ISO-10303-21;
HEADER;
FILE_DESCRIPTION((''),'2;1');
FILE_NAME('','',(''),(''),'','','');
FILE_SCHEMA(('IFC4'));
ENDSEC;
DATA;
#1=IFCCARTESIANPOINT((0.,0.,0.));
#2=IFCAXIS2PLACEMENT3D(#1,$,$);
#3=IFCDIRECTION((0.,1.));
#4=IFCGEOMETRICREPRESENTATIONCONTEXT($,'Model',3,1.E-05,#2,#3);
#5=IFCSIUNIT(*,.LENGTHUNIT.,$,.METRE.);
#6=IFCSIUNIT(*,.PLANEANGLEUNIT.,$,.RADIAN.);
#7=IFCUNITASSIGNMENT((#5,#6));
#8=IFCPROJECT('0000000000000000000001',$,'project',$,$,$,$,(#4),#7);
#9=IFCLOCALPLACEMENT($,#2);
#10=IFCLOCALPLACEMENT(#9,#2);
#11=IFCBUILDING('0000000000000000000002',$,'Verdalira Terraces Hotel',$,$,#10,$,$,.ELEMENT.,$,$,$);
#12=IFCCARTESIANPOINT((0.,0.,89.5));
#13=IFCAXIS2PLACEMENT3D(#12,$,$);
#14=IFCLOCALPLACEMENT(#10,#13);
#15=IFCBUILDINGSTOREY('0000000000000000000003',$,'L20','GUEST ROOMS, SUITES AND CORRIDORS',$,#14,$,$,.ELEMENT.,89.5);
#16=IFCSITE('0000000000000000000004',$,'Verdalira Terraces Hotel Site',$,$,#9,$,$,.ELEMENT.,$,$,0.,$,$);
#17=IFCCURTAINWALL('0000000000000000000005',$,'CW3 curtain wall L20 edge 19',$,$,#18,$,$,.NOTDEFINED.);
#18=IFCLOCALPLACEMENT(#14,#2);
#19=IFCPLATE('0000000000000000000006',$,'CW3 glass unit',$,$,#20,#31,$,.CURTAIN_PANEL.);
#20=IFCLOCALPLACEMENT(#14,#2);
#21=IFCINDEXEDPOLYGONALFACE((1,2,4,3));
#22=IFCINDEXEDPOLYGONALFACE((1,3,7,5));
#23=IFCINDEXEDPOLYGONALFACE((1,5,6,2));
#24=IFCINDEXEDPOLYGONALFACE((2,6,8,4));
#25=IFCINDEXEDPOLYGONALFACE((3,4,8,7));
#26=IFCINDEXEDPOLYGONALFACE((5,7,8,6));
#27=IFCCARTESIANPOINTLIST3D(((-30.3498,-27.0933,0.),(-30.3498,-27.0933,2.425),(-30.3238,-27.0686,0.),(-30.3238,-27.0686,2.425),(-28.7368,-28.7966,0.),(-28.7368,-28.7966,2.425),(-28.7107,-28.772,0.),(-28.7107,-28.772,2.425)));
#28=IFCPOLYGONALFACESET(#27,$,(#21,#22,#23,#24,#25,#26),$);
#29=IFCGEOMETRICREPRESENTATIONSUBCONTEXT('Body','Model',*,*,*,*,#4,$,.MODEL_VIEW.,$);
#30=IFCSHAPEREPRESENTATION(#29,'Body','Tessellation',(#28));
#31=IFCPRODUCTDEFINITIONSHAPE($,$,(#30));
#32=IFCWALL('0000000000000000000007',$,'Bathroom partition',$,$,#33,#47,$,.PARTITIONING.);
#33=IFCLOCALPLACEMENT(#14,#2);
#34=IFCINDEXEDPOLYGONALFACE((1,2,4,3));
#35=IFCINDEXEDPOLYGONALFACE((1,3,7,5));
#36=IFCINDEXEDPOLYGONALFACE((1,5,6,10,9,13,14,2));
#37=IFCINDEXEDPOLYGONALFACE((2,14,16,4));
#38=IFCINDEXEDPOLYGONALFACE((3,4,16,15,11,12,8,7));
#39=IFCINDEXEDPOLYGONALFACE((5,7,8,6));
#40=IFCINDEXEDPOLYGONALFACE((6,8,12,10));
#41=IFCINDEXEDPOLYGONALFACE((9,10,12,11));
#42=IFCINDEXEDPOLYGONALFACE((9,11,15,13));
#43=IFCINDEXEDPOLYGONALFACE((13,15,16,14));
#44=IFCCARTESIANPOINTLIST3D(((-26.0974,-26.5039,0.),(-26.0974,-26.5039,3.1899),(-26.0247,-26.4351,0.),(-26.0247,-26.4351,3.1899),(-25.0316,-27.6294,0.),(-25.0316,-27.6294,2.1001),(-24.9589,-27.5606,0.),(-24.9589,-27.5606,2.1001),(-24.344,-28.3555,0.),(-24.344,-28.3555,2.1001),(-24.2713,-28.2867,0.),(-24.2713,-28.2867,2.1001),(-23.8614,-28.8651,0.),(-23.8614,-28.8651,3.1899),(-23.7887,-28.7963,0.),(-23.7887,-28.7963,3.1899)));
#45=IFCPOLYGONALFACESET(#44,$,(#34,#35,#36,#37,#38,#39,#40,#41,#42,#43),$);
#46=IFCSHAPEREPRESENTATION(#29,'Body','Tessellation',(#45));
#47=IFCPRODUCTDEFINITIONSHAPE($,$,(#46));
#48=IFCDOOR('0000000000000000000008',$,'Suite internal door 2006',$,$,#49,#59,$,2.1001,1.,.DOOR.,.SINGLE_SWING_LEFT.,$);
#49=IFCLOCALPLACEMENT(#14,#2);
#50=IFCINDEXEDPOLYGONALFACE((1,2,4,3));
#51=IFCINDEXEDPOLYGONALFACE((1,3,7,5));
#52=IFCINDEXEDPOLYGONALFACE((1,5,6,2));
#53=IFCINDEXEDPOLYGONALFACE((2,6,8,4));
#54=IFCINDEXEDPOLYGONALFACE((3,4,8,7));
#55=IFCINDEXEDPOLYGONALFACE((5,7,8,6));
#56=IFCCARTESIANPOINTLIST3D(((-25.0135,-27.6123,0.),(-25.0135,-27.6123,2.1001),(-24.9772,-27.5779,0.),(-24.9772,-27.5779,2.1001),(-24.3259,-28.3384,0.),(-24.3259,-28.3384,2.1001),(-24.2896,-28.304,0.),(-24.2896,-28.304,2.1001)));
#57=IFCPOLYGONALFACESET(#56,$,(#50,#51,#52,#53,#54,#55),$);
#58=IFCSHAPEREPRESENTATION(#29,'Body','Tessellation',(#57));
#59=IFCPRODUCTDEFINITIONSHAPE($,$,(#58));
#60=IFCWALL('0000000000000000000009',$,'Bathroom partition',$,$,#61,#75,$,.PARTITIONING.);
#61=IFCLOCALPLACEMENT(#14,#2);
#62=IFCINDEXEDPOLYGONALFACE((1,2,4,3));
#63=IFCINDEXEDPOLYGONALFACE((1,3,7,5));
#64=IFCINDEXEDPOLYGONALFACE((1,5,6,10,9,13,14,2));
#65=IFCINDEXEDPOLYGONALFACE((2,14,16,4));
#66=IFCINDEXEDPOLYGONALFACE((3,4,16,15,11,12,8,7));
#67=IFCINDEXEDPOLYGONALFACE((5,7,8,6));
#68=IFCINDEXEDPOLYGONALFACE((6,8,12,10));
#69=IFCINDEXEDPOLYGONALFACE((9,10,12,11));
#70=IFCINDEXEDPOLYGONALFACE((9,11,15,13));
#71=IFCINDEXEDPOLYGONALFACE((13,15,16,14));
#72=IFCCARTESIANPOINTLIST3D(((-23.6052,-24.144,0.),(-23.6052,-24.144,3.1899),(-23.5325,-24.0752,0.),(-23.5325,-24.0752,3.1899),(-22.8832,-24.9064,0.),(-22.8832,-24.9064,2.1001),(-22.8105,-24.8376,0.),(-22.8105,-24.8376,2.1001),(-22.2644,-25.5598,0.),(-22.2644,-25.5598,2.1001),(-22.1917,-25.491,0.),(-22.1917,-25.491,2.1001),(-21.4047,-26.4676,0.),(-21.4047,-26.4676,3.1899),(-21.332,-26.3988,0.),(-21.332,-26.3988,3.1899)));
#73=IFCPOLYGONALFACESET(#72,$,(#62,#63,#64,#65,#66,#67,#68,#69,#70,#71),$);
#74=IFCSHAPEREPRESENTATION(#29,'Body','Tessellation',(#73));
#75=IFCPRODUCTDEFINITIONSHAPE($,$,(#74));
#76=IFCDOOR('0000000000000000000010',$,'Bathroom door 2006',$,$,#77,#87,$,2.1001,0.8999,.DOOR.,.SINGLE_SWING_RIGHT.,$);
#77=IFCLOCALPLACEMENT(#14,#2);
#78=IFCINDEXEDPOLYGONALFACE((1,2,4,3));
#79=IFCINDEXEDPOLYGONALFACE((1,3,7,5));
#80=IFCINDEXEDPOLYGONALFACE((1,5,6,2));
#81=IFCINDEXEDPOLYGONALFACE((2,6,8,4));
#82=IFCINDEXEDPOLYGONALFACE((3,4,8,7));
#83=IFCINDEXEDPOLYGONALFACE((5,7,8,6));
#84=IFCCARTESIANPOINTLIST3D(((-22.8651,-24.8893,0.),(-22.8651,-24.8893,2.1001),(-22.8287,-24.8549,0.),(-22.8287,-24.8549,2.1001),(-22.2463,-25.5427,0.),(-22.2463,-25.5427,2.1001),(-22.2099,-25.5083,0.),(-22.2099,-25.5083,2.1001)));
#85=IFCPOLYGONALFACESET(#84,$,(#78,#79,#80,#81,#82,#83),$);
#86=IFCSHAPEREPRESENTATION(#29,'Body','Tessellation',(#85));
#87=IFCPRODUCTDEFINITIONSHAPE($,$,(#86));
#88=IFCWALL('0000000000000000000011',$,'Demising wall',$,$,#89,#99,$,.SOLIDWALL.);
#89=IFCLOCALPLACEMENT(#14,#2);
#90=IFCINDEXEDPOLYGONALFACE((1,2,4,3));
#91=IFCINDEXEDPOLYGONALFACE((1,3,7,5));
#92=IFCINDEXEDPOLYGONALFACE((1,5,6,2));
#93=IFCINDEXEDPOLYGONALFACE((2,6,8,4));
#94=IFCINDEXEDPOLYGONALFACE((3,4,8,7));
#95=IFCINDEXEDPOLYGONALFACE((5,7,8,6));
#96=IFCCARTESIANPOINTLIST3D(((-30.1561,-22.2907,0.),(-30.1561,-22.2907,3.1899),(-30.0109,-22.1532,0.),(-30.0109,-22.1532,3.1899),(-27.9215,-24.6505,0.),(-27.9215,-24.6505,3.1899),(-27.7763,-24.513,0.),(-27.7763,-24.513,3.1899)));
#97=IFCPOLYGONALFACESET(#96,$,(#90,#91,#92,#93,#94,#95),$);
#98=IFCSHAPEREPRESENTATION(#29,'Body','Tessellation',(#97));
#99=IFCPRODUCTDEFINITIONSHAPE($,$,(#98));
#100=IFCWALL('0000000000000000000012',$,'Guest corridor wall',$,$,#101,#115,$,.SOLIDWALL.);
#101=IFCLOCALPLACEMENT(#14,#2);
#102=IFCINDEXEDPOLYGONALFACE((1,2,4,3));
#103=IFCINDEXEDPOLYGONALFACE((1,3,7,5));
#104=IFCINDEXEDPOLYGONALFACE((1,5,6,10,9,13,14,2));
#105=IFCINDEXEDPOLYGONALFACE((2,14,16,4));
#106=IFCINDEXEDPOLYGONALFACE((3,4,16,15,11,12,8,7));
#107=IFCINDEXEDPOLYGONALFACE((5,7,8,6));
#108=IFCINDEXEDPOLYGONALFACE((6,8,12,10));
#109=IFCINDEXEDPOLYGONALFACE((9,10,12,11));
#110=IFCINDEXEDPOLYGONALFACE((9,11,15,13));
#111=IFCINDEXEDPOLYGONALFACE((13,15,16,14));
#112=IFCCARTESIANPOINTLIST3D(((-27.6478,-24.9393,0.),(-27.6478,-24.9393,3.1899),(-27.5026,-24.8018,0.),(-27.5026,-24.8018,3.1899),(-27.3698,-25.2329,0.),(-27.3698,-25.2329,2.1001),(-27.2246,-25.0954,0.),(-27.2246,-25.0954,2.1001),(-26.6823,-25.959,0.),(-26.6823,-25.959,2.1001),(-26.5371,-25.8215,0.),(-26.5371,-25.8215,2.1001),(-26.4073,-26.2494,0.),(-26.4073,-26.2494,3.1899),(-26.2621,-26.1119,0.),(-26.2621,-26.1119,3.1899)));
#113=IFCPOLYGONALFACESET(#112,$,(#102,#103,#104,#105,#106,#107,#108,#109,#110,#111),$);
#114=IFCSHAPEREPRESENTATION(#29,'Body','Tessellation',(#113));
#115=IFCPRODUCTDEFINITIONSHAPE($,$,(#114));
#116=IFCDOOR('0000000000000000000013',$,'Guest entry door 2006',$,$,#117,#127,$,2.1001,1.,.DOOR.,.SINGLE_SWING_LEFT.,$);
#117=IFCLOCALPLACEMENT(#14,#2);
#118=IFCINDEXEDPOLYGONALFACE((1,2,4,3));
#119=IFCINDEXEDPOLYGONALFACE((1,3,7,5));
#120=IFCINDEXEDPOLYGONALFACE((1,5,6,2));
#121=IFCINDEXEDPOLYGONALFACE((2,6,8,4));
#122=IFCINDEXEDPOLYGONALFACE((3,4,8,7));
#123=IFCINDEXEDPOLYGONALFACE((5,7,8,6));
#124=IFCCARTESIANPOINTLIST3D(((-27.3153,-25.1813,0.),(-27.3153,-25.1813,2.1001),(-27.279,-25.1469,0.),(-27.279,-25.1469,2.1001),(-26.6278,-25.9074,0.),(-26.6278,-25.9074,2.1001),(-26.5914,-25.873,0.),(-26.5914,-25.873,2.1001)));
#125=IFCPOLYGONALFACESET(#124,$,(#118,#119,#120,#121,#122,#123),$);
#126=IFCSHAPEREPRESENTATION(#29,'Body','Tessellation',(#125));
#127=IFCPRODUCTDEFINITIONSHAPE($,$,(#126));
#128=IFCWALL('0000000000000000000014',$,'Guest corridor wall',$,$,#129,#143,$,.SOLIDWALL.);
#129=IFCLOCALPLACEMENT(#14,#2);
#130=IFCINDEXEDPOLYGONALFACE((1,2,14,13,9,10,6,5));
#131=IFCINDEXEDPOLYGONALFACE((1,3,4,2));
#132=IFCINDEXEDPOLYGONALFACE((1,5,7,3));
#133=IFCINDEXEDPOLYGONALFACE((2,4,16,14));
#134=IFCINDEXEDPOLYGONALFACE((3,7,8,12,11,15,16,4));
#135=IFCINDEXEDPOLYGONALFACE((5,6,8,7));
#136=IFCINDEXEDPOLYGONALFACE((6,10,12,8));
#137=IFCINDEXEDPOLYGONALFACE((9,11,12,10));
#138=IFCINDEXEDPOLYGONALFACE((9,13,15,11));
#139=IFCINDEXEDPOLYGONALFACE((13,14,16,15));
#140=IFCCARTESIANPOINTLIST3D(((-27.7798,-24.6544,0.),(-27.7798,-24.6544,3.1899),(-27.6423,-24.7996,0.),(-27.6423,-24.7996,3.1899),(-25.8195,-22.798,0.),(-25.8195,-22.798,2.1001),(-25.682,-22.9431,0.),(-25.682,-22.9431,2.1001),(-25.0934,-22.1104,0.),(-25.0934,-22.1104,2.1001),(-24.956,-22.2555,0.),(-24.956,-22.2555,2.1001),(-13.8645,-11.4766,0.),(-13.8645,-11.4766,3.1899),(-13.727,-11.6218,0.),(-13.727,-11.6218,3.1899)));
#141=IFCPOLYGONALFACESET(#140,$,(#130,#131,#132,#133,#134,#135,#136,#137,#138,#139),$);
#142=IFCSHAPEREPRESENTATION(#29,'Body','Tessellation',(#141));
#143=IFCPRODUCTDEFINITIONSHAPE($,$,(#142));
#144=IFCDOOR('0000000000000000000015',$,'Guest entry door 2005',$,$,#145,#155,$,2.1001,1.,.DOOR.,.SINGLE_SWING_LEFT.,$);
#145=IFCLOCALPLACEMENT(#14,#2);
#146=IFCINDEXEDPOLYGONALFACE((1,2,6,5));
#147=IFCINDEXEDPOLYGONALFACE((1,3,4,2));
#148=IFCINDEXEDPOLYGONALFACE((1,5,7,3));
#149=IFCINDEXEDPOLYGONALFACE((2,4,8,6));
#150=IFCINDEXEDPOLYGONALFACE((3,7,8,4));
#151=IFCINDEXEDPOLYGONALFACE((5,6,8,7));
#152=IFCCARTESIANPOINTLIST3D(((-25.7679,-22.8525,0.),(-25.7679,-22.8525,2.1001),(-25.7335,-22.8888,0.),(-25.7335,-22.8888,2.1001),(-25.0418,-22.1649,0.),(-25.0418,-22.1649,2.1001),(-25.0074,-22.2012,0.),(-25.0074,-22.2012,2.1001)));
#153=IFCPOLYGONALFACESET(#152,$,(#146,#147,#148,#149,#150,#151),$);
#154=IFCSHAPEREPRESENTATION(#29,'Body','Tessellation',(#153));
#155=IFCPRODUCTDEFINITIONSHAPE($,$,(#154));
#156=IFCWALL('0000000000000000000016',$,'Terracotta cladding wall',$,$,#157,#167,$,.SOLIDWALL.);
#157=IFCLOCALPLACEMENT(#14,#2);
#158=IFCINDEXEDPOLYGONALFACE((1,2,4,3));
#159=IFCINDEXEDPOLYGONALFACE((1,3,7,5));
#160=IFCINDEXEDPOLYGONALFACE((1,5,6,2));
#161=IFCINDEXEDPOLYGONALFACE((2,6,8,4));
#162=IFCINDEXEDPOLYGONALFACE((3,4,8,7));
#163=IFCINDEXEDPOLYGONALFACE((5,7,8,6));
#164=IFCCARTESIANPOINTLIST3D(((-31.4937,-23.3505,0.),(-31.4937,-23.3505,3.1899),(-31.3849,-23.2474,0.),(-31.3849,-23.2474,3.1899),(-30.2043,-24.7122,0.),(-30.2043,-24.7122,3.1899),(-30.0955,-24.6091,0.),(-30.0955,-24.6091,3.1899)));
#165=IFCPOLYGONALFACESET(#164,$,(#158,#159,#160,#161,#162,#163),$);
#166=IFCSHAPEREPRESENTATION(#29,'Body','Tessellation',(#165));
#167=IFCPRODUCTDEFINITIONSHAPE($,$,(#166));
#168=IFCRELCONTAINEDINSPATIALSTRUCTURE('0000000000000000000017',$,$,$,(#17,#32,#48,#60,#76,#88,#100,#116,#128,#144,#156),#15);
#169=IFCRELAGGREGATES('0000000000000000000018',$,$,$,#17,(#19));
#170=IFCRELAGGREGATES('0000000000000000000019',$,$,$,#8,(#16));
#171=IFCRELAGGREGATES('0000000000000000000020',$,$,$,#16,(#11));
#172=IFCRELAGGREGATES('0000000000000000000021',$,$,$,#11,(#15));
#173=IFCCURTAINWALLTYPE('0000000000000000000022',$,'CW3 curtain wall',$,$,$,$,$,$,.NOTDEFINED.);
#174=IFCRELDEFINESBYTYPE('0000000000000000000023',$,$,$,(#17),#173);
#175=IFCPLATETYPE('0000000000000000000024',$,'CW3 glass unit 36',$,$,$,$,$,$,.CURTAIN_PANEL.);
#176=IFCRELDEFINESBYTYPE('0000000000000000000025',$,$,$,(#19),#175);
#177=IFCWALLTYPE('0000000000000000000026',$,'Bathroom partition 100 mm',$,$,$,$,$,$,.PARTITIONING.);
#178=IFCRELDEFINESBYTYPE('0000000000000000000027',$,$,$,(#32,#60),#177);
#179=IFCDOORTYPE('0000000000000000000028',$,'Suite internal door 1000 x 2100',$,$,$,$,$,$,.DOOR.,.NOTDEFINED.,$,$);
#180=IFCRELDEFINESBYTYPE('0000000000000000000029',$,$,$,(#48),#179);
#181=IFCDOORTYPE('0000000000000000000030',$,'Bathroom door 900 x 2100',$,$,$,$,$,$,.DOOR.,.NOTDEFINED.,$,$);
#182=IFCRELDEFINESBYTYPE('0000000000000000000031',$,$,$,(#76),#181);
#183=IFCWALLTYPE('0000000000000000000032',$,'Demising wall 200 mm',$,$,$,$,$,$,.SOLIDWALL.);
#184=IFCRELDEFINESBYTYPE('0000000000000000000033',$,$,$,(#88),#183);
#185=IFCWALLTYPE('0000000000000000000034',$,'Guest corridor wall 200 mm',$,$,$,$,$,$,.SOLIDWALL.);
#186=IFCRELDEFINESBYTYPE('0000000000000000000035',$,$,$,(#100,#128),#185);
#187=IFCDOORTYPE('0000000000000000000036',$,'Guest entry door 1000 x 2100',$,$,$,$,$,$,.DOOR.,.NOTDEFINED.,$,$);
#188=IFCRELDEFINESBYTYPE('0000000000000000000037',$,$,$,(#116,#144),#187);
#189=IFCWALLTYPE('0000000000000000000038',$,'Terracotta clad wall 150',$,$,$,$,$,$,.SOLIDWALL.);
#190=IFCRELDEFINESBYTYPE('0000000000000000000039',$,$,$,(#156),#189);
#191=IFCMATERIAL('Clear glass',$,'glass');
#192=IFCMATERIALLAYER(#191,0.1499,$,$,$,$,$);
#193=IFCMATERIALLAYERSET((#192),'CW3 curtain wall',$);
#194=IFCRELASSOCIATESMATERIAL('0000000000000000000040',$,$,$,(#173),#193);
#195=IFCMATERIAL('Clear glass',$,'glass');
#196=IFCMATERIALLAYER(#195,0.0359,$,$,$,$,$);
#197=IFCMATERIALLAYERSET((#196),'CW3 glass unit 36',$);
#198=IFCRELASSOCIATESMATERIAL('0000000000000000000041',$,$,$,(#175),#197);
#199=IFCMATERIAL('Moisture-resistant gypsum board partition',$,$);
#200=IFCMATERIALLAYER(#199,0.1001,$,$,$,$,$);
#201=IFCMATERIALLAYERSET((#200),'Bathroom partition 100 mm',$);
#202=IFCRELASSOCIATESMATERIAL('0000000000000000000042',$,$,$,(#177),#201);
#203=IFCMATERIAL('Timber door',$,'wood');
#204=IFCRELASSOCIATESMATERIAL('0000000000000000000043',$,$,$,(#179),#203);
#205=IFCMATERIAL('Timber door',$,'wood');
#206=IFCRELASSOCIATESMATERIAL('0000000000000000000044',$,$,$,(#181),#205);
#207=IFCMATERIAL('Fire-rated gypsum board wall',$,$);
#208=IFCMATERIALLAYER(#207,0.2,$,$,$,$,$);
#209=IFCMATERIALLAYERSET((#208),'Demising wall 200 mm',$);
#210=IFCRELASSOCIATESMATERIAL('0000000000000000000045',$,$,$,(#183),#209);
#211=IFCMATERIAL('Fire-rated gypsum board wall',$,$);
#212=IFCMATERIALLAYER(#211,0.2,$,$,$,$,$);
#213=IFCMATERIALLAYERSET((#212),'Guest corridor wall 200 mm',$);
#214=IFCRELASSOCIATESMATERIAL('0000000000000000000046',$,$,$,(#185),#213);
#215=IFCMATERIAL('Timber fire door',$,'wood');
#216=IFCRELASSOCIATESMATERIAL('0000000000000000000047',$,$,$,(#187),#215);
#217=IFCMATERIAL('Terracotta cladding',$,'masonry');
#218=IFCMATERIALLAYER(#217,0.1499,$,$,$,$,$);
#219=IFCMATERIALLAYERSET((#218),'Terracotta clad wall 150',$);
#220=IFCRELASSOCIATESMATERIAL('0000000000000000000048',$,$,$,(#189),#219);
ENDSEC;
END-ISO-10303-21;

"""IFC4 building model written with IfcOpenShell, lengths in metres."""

from ifc_helpers import new_model, si_unit, direction, frame, frame_2d, origin, origin_2d, place, context, subcontext, project, spatial, rectangle, extrude, material, layer, layer_set, type_object, element, fill, aggregate, save


model = new_model("IFC4")

# Units and contexts
model_context = context("Model", 3, precision=1e-05, world=origin(), true_north=direction((0.0, 1.0)))
body_context = subcontext(model_context, "Body", "Model", "MODEL_VIEW")
ifc_project = project(units=[si_unit("LENGTHUNIT", "METRE"), si_unit("PLANEANGLEUNIT", "RADIAN")], contexts=[model_context])

# Site, building, storey
site_placement = place(None, origin())
site = spatial("IfcSite", under=ifc_project, at=site_placement, Name="Verdalira Terraces Hotel Site", CompositionType="ELEMENT", RefElevation=0.0)
building_placement = place(site_placement, origin())
building = spatial("IfcBuilding", under=site, at=building_placement, Name="Verdalira Terraces Hotel", CompositionType="ELEMENT")
storey_placement = place(building_placement, frame((0.0, 0.0, 89.5)))
storey = spatial("IfcBuildingStorey", under=building, at=storey_placement, Name="L20", Description="GUEST ROOMS, SUITES AND CORRIDORS", CompositionType="ELEMENT", Elevation=89.5)

# Curtain wall
ifc_material_1 = material(Name="Clear glass", Category="glass")
ifc_layer_1 = layer(ifc_material_1, 0.1499)
ifc_layer_set_1 = layer_set([ifc_layer_1], Name="CW3 curtain wall")
curtain_wall_type_1 = type_object("IfcCurtainWallType", Name="CW3 curtain wall", PredefinedType="NOTDEFINED", material=ifc_layer_set_1)
curtain_wall_1_placement = place(storey_placement, origin())
curtain_wall_1 = element("IfcCurtainWall", 1, at=curtain_wall_1_placement, inside=storey, type_object=curtain_wall_type_1, Name="CW3 curtain wall L20 edge 19", PredefinedType="NOTDEFINED")

# Plate
ifc_material_2 = material(Name="Clear glass", Category="glass")
ifc_layer_2 = layer(ifc_material_2, 0.0359)
ifc_layer_set_2 = layer_set([ifc_layer_2], Name="CW3 glass unit 36")
plate_type_1 = type_object("IfcPlateType", Name="CW3 glass unit 36", PredefinedType="CURTAIN_PANEL", material=ifc_layer_set_2)
plate_1_placement = place(storey_placement, frame((-29.5303, -27.9326, 0.0), z_axis=(0.0, 0.0, 1.0), x_axis=(0.687595, -0.726095, 0.0)))
plate_1 = element("IfcPlate", 2, at=plate_1_placement, type_object=plate_type_1, Name="CW3 glass unit", PredefinedType="CURTAIN_PANEL", context=body_context, shape_type="SweptSolid", body=[
    extrude(rectangle(XDim=2.3459, YDim=0.0359, at=origin_2d()), origin(), (0.0, 0.0, 1.0), 2.425),
])
aggregate(curtain_wall_1, [plate_1])

# Walls, openings, doors
ifc_material_3 = material(Name="Moisture-resistant gypsum board partition")
ifc_layer_3 = layer(ifc_material_3, 0.1001)
ifc_layer_set_3 = layer_set([ifc_layer_3], Name="Bathroom partition 100 mm")
wall_type_1 = type_object("IfcWallType", Name="Bathroom partition 100 mm", PredefinedType="PARTITIONING", material=ifc_layer_set_3)
wall_1_placement = place(storey_placement, frame((-26.061, -26.4695, 0.0), z_axis=(0.0, 0.0, 1.0), x_axis=(0.687588, -0.726101, 0.0)))
wall_1 = element("IfcWall", 3, at=wall_1_placement, inside=storey, type_object=wall_type_1, Name="Bathroom partition", PredefinedType="PARTITIONING", context=body_context, shape_type="SweptSolid", body=[
    extrude(rectangle(XDim=3.252, YDim=0.1001, at=frame_2d((1.626, 0.0))), origin(), (0.0, 0.0, 1.0), 3.1899),
])
opening_1_placement = place(wall_1_placement, frame((1.55, 0.0, 0.0)))
opening_1 = element("IfcOpeningElement", 4, at=opening_1_placement, cuts=wall_1, PredefinedType="OPENING", context=body_context, shape_type="SweptSolid", body=[
    extrude(rectangle(XDim=1.0, YDim=2.1001, at=frame_2d((0.5, 1.05))), frame((0.0, 0.0601, 0.0), z_axis=(0.0, -1.0, 0.0), x_axis=(1.0, 0.0, 0.0)), (0.0, 0.0, 1.0), 0.1201),
])
ifc_material_4 = material(Name="Timber door", Category="wood")
door_type_1 = type_object("IfcDoorType", Name="Suite internal door 1000 x 2100", OperationType="NOTDEFINED", PredefinedType="DOOR", material=ifc_material_4)
door_1_placement = place(opening_1_placement, origin())
door_1 = element("IfcDoor", 5, at=door_1_placement, inside=storey, type_object=door_type_1, Name="Suite internal door 2006", OperationType="SINGLE_SWING_LEFT", OverallHeight=2.1001, OverallWidth=1.0, PredefinedType="DOOR", context=body_context, shape_type="SweptSolid", body=[
    extrude(rectangle(XDim=1.0, YDim=2.1001, at=frame_2d((0.5, 1.05))), frame((0.0, 0.0249, 0.0), z_axis=(0.0, -1.0, 0.0), x_axis=(1.0, 0.0, 0.0)), (0.0, 0.0, 1.0), 0.05),
])
fill(opening_1, door_1)
wall_2_placement = place(storey_placement, frame((-23.5688, -24.1096, 0.0), z_axis=(0.0, 0.0, 1.0), x_axis=(0.68762, -0.726071, 0.0)))
wall_2 = element("IfcWall", 6, at=wall_2_placement, inside=storey, type_object=wall_type_1, Name="Bathroom partition", PredefinedType="PARTITIONING", context=body_context, shape_type="SweptSolid", body=[
    extrude(rectangle(XDim=3.2002, YDim=0.1001, at=frame_2d((1.6001, 0.0))), origin(), (0.0, 0.0, 1.0), 3.1899),
])
opening_2_placement = place(wall_2_placement, frame((1.05, 0.0, 0.0)))
opening_2 = element("IfcOpeningElement", 7, at=opening_2_placement, cuts=wall_2, PredefinedType="OPENING", context=body_context, shape_type="SweptSolid", body=[
    extrude(rectangle(XDim=0.8999, YDim=2.1001, at=frame_2d((0.45, 1.05))), frame((0.0, 0.0601, 0.0), z_axis=(0.0, -1.0, 0.0), x_axis=(1.0, 0.0, 0.0)), (0.0, 0.0, 1.0), 0.1201),
])
ifc_material_5 = material(Name="Timber door", Category="wood")
door_type_2 = type_object("IfcDoorType", Name="Bathroom door 900 x 2100", OperationType="NOTDEFINED", PredefinedType="DOOR", material=ifc_material_5)
door_2_placement = place(opening_2_placement, origin())
door_2 = element("IfcDoor", 8, at=door_2_placement, inside=storey, type_object=door_type_2, Name="Bathroom door 2006", OperationType="SINGLE_SWING_RIGHT", OverallHeight=2.1001, OverallWidth=0.8999, PredefinedType="DOOR", context=body_context, shape_type="SweptSolid", body=[
    extrude(rectangle(XDim=0.8999, YDim=2.1001, at=frame_2d((0.45, 1.05))), frame((0.0, 0.0249, 0.0), z_axis=(0.0, -1.0, 0.0), x_axis=(1.0, 0.0, 0.0)), (0.0, 0.0, 1.0), 0.05),
])
fill(opening_2, door_2)

# Wall
ifc_material_6 = material(Name="Fire-rated gypsum board wall")
ifc_layer_4 = layer(ifc_material_6, 0.2)
ifc_layer_set_4 = layer_set([ifc_layer_4], Name="Demising wall 200 mm")
wall_type_2 = type_object("IfcWallType", Name="Demising wall 200 mm", PredefinedType="SOLIDWALL", material=ifc_layer_set_4)
wall_3_placement = place(storey_placement, frame((-27.8489, -24.5818, 0.0), z_axis=(0.0, 0.0, 1.0), x_axis=(-0.687576, 0.726113, 0.0)))
element("IfcWall", 9, at=wall_3_placement, inside=storey, type_object=wall_type_2, Name="Demising wall", PredefinedType="SOLIDWALL", context=body_context, shape_type="SweptSolid", body=[
    extrude(rectangle(XDim=3.25, YDim=0.2, at=frame_2d((1.625, 0.0))), origin(), (0.0, 0.0, 1.0), 3.1899),
])

# Walls, openings, doors
ifc_material_7 = material(Name="Fire-rated gypsum board wall")
ifc_layer_5 = layer(ifc_material_7, 0.2)
ifc_layer_set_5 = layer_set([ifc_layer_5], Name="Guest corridor wall 200 mm")
wall_type_3 = type_object("IfcWallType", Name="Guest corridor wall 200 mm", PredefinedType="SOLIDWALL", material=ifc_layer_set_5)
wall_4_placement = place(storey_placement, frame((-26.3347, -26.1807, 0.0), z_axis=(0.0, 0.0, 1.0), x_axis=(-0.687561, 0.726127, 0.0)))
wall_4 = element("IfcWall", 10, at=wall_4_placement, inside=storey, type_object=wall_type_3, Name="Guest corridor wall", PredefinedType="SOLIDWALL", context=body_context, shape_type="SweptSolid", body=[
    extrude(rectangle(XDim=1.8042, YDim=0.2, at=frame_2d((0.9021, 0.0))), origin(), (0.0, 0.0, 1.0), 3.1899),
])
opening_3_placement = place(wall_4_placement, frame((0.3999, 0.0, 0.0)))
opening_3 = element("IfcOpeningElement", 11, at=opening_3_placement, cuts=wall_4, PredefinedType="OPENING", context=body_context, shape_type="SweptSolid", body=[
    extrude(rectangle(XDim=1.0, YDim=2.1001, at=frame_2d((0.5, 1.05))), frame((0.0, 0.1099, 0.0), z_axis=(0.0, -1.0, 0.0), x_axis=(1.0, 0.0, 0.0)), (0.0, 0.0, 1.0), 0.22),
])
ifc_material_8 = material(Name="Timber fire door", Category="wood")
door_type_3 = type_object("IfcDoorType", Name="Guest entry door 1000 x 2100", OperationType="NOTDEFINED", PredefinedType="DOOR", material=ifc_material_8)
door_3_placement = place(opening_3_placement, origin())
door_3 = element("IfcDoor", 12, at=door_3_placement, inside=storey, type_object=door_type_3, Name="Guest entry door 2006", OperationType="SINGLE_SWING_LEFT", OverallHeight=2.1001, OverallWidth=1.0, PredefinedType="DOOR", context=body_context, shape_type="SweptSolid", body=[
    extrude(rectangle(XDim=1.0, YDim=2.1001, at=frame_2d((0.5, 1.05))), frame((0.0, 0.0249, 0.0), z_axis=(0.0, -1.0, 0.0), x_axis=(1.0, 0.0, 0.0)), (0.0, 0.0, 1.0), 0.05),
])
fill(opening_3, door_3)
wall_5_placement = place(storey_placement, frame((-27.7112, -24.7271, 0.0), z_axis=(0.0, 0.0, 1.0), x_axis=(0.726087, 0.687603, 0.0)))
wall_5 = element("IfcWall", 13, at=wall_5_placement, inside=storey, type_object=wall_type_3, Name="Guest corridor wall", PredefinedType="SOLIDWALL", context=body_context, shape_type="SweptSolid", body=[
    extrude(rectangle(XDim=19.1648, YDim=0.2, at=frame_2d((9.5825, 0.0))), origin(), (0.0, 0.0, 1.0), 3.1899),
])
opening_4_placement = place(wall_5_placement, frame((2.7, 0.0, 0.0)))
opening_4 = element("IfcOpeningElement", 14, at=opening_4_placement, cuts=wall_5, PredefinedType="OPENING", context=body_context, shape_type="SweptSolid", body=[
    extrude(rectangle(XDim=1.0, YDim=2.1001, at=frame_2d((0.5, 1.05))), frame((0.0, 0.1099, 0.0), z_axis=(0.0, -1.0, 0.0), x_axis=(1.0, 0.0, 0.0)), (0.0, 0.0, 1.0), 0.22),
])
door_4_placement = place(opening_4_placement, origin())
door_4 = element("IfcDoor", 15, at=door_4_placement, inside=storey, type_object=door_type_3, Name="Guest entry door 2005", OperationType="SINGLE_SWING_LEFT", OverallHeight=2.1001, OverallWidth=1.0, PredefinedType="DOOR", context=body_context, shape_type="SweptSolid", body=[
    extrude(rectangle(XDim=1.0, YDim=2.1001, at=frame_2d((0.5, 1.05))), frame((0.0, 0.0249, 0.0), z_axis=(0.0, -1.0, 0.0), x_axis=(1.0, 0.0, 0.0)), (0.0, 0.0, 1.0), 0.05),
])
fill(opening_4, door_4)

# Wall
ifc_material_9 = material(Name="Terracotta cladding", Category="masonry")
ifc_layer_6 = layer(ifc_material_9, 0.1499)
ifc_layer_set_6 = layer_set([ifc_layer_6], Name="Terracotta clad wall 150")
wall_type_4 = type_object("IfcWallType", Name="Terracotta clad wall 150", PredefinedType="SOLIDWALL", material=ifc_layer_set_6)
wall_6_placement = place(storey_placement, frame((-31.4392, -23.2991, 0.0), z_axis=(0.0, 0.0, 1.0), x_axis=(0.687575, -0.726113, 0.0)))
element("IfcWall", 16, at=wall_6_placement, inside=storey, type_object=wall_type_4, Name="Terracotta cladding wall", PredefinedType="SOLIDWALL", context=body_context, shape_type="SweptSolid", body=[
    extrude(rectangle(XDim=1.8752, YDim=0.1499, at=frame_2d((0.9375, 0.0))), origin(), (0.0, 0.0, 1.0), 3.1899),
])

save(model, "model.ifc")
